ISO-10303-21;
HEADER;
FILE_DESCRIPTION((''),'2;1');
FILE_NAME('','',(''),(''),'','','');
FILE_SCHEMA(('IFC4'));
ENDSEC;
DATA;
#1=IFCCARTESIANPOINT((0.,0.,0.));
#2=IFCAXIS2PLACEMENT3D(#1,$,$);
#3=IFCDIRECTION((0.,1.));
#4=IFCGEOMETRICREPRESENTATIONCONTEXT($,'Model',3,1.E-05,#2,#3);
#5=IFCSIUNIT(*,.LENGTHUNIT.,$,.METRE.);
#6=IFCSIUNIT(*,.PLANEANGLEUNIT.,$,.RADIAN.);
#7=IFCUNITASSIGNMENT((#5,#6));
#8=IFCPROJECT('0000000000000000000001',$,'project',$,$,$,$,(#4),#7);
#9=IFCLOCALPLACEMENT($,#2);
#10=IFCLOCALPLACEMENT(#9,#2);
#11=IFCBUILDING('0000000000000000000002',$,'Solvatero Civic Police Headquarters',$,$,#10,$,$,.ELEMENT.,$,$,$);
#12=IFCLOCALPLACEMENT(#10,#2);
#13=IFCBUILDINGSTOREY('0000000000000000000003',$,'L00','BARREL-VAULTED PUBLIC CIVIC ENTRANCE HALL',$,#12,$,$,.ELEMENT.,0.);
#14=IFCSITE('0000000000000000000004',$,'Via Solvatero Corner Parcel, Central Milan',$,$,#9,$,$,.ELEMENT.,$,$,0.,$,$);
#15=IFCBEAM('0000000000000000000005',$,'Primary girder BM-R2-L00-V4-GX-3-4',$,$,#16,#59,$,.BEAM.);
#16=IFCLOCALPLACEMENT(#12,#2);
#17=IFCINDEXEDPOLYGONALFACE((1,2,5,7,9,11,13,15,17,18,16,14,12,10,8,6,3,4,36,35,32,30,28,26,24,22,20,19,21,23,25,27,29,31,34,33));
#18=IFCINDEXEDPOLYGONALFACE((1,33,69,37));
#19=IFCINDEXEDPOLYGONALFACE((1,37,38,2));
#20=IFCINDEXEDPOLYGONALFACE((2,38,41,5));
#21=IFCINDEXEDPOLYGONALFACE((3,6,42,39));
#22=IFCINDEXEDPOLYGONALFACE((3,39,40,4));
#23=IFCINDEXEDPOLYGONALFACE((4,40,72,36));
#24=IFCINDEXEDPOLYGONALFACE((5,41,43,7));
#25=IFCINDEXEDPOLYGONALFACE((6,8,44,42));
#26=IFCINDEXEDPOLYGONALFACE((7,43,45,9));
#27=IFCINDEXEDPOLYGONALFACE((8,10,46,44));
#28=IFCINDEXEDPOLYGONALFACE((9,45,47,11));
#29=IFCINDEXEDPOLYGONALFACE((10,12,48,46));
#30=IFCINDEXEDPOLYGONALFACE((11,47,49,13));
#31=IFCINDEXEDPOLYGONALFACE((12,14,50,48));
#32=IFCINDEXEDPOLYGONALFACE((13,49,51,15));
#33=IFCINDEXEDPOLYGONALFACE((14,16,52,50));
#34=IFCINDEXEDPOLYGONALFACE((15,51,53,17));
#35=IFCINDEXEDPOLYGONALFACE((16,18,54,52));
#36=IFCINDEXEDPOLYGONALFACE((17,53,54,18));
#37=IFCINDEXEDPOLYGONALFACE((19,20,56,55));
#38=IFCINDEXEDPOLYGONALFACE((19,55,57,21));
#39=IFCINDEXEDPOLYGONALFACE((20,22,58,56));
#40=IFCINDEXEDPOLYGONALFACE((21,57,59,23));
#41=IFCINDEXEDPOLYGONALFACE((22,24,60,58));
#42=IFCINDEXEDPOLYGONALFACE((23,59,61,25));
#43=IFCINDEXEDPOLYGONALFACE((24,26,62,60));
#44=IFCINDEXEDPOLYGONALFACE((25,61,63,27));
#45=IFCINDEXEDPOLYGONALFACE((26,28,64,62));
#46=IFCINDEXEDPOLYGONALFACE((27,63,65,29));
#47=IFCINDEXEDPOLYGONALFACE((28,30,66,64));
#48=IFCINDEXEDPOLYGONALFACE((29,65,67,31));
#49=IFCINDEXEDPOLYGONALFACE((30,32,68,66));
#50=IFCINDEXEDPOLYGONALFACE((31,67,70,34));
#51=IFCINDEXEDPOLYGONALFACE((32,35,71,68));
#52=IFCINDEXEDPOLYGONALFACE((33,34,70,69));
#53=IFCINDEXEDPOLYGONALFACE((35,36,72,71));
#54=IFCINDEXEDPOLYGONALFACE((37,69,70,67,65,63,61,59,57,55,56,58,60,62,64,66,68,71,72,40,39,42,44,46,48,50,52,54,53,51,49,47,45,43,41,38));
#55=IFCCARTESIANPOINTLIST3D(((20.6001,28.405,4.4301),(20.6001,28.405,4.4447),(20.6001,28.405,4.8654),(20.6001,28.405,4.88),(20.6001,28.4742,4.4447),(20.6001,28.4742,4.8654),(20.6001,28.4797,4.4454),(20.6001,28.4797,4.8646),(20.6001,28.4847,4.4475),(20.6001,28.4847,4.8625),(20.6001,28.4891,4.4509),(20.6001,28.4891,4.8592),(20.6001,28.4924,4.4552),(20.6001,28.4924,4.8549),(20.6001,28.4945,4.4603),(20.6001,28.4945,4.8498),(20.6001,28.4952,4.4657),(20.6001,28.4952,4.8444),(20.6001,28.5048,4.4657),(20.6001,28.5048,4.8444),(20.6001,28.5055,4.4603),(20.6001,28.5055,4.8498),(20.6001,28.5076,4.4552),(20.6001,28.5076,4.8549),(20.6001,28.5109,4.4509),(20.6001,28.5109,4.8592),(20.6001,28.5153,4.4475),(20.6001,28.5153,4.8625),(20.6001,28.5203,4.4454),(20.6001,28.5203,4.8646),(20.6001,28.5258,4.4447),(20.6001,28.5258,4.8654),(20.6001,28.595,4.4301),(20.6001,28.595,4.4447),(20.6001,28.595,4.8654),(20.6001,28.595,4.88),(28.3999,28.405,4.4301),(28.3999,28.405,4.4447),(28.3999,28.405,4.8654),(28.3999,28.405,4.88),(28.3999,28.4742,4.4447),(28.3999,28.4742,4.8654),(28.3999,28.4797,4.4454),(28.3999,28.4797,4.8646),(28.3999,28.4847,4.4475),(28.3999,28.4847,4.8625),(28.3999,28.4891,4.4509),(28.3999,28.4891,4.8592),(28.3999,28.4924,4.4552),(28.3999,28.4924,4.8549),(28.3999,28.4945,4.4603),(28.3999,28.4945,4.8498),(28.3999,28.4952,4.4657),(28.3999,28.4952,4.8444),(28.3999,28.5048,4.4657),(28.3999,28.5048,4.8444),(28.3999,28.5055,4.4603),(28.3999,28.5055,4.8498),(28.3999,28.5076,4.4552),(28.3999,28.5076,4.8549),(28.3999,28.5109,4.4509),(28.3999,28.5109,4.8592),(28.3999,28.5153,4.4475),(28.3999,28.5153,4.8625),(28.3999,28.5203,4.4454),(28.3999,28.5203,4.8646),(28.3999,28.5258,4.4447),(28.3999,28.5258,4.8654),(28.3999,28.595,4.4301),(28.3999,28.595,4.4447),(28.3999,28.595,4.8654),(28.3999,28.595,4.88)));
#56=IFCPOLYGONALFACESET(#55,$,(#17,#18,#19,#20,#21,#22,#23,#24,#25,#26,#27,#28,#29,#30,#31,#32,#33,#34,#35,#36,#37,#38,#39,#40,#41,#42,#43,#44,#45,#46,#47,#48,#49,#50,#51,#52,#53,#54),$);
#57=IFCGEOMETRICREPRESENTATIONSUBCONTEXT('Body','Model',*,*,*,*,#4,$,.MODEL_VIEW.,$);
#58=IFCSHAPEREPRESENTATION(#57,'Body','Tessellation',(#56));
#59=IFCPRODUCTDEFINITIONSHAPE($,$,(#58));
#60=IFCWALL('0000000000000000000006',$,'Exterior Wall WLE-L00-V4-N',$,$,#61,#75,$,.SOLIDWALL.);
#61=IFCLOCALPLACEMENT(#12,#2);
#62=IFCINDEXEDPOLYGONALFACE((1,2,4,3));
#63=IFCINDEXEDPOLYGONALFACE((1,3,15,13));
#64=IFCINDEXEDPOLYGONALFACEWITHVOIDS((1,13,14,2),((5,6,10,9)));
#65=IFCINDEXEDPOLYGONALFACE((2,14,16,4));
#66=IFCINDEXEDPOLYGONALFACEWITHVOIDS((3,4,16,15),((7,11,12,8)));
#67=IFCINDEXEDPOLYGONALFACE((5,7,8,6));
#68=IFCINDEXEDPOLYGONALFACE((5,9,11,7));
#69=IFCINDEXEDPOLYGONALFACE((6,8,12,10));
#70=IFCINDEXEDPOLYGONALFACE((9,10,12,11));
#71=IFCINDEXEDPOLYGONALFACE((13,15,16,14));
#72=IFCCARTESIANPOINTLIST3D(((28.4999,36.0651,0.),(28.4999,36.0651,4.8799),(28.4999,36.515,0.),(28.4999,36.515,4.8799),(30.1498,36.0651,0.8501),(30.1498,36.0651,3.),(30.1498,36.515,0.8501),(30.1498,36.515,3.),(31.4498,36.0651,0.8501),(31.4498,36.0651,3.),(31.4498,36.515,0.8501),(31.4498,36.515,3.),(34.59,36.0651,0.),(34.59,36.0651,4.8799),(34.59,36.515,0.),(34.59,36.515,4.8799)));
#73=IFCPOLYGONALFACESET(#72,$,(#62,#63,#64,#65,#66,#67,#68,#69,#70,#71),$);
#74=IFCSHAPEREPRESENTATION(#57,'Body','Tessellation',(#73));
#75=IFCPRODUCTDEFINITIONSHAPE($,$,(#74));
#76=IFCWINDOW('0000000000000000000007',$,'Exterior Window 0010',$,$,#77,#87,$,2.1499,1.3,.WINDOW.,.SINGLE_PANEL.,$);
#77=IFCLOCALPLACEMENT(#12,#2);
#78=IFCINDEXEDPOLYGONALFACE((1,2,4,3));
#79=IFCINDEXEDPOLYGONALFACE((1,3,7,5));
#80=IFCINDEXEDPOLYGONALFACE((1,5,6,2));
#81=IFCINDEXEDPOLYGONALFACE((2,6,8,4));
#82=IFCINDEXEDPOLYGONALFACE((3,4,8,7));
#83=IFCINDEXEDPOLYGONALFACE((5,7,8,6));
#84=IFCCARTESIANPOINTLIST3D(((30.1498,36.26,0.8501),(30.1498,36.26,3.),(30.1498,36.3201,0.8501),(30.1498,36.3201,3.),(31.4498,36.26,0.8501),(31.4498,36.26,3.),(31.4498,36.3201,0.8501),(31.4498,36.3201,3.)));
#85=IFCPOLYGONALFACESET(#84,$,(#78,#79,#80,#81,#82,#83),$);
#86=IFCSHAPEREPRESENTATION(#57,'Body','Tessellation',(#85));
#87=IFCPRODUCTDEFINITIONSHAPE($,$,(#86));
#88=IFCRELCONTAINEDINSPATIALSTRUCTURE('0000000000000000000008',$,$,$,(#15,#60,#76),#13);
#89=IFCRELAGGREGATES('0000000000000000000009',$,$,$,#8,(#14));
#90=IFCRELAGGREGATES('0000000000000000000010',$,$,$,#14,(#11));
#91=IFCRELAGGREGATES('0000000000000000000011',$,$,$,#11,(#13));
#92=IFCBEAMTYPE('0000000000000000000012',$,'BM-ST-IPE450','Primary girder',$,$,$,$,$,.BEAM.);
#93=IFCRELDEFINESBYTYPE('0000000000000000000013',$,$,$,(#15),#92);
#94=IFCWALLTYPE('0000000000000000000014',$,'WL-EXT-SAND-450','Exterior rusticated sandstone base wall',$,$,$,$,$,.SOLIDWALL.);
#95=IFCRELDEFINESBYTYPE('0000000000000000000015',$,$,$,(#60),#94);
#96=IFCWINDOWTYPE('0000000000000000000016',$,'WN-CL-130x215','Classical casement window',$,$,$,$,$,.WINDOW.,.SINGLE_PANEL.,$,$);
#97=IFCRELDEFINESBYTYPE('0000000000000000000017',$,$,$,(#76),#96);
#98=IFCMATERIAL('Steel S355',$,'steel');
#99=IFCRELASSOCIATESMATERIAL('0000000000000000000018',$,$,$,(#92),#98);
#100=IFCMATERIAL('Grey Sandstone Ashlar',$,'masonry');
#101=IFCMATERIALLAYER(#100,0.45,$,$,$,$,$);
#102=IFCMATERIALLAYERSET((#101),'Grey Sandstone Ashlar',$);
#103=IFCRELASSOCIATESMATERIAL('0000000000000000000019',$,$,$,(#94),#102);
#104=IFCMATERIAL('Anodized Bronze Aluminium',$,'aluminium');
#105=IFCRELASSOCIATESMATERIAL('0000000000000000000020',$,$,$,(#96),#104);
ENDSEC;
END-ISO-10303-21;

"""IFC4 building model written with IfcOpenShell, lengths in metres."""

from ifc_helpers import new_model, si_unit, direction, frame, frame_2d, origin, origin_2d, place, context, subcontext, project, spatial, rectangle, i_section, extrude, material, layer, layer_set, material_profile, profile_set, type_object, element, fill, save


model = new_model("IFC4")

# Units and contexts
model_context = context("Model", 3, precision=1e-05, world=origin(), true_north=direction((0.0, 1.0)))
body_context = subcontext(model_context, "Body", "Model", "MODEL_VIEW")
ifc_project = project(units=[si_unit("LENGTHUNIT", "METRE"), si_unit("PLANEANGLEUNIT", "RADIAN")], contexts=[model_context])

# Site, building, storey
site_placement = place(None, origin())
site = spatial("IfcSite", under=ifc_project, at=site_placement, Name="Via Solvatero Corner Parcel, Central Milan", CompositionType="ELEMENT", RefElevation=0.0)
building_placement = place(site_placement, origin())
building = spatial("IfcBuilding", under=site, at=building_placement, Name="Solvatero Civic Police Headquarters", CompositionType="ELEMENT")
storey_placement = place(building_placement, origin())
storey = spatial("IfcBuildingStorey", under=building, at=storey_placement, Name="L00", Description="BARREL-VAULTED PUBLIC CIVIC ENTRANCE HALL", CompositionType="ELEMENT", Elevation=0.0)

# Beam
ifc_material_1 = material(Name="Steel S355", Category="steel")
ifc_material_profile_1 = material_profile(ifc_material_1, i_section(OverallWidth=0.1899, OverallDepth=0.45, WebThickness=0.0095, FlangeThickness=0.0146, FilletRadius=0.021, at=origin_2d()), Name="IPE 450")
ifc_profile_set_1 = profile_set([ifc_material_profile_1], Name="Steel S355")
beam_type_1 = type_object("IfcBeamType", Name="BM-ST-IPE450", Description="Primary girder", PredefinedType="BEAM", material=ifc_profile_set_1)
beam_1_placement = place(storey_placement, frame((20.6001, 28.5, 4.655), z_axis=(1.0, 0.0, 0.0), x_axis=(0.0, 1.0, 0.0)))
element("IfcBeam", 1, at=beam_1_placement, inside=storey, type_object=beam_type_1, Name="Primary girder BM-R2-L00-V4-GX-3-4", PredefinedType="BEAM", context=body_context, shape_type="SweptSolid", body=[
    extrude(i_section(OverallWidth=0.1899, OverallDepth=0.45, WebThickness=0.0095, FlangeThickness=0.0146, FilletRadius=0.021, at=origin_2d()), origin(), (0.0, 0.0, 1.0), 7.7998),
])

# Wall, opening, window
ifc_material_2 = material(Name="Grey Sandstone Ashlar", Category="masonry")
ifc_layer_1 = layer(ifc_material_2, 0.45)
ifc_layer_set_1 = layer_set([ifc_layer_1], Name="Grey Sandstone Ashlar")
wall_type_1 = type_object("IfcWallType", Name="WL-EXT-SAND-450", Description="Exterior rusticated sandstone base wall", PredefinedType="SOLIDWALL", material=ifc_layer_set_1)
wall_1_placement = place(storey_placement, frame((28.5, 36.29, 0.0), z_axis=(0.0, 0.0, 1.0), x_axis=(1.0, 0.0, 0.0)))
wall_1 = element("IfcWall", 2, at=wall_1_placement, inside=storey, type_object=wall_type_1, Name="Exterior Wall WLE-L00-V4-N", PredefinedType="SOLIDWALL", context=body_context, shape_type="SweptSolid", body=[
    extrude(rectangle(XDim=6.0901, YDim=0.45, at=frame_2d((3.0449, 0.0))), origin(), (0.0, 0.0, 1.0), 4.8799),
])
opening_1_placement = place(wall_1_placement, frame((1.6499, 0.0, 0.8501)))
opening_1 = element("IfcOpeningElement", 3, at=opening_1_placement, cuts=wall_1, PredefinedType="OPENING", context=body_context, shape_type="SweptSolid", body=[
    extrude(rectangle(XDim=1.3, YDim=2.1499, at=frame_2d((0.6499, 1.075))), frame((0.0, 0.2349, 0.0), z_axis=(0.0, -1.0, 0.0), x_axis=(1.0, 0.0, 0.0)), (0.0, 0.0, 1.0), 0.47),
])
ifc_material_3 = material(Name="Anodized Bronze Aluminium", Category="aluminium")
window_type_1 = type_object("IfcWindowType", Name="WN-CL-130x215", Description="Classical casement window", PartitioningType="SINGLE_PANEL", PredefinedType="WINDOW", material=ifc_material_3)
window_1_placement = place(opening_1_placement, origin())
window_1 = element("IfcWindow", 4, at=window_1_placement, inside=storey, type_object=window_type_1, Name="Exterior Window 0010", OverallHeight=2.1499, OverallWidth=1.3, PartitioningType="SINGLE_PANEL", PredefinedType="WINDOW", context=body_context, shape_type="SweptSolid", body=[
    extrude(rectangle(XDim=1.3, YDim=2.1499, at=frame_2d((0.6499, 1.075))), frame((0.0, 0.03, 0.0), z_axis=(0.0, -1.0, 0.0), x_axis=(1.0, 0.0, 0.0)), (0.0, 0.0, 1.0), 0.0601),
])
fill(opening_1, window_1)

save(model, "model.ifc")
